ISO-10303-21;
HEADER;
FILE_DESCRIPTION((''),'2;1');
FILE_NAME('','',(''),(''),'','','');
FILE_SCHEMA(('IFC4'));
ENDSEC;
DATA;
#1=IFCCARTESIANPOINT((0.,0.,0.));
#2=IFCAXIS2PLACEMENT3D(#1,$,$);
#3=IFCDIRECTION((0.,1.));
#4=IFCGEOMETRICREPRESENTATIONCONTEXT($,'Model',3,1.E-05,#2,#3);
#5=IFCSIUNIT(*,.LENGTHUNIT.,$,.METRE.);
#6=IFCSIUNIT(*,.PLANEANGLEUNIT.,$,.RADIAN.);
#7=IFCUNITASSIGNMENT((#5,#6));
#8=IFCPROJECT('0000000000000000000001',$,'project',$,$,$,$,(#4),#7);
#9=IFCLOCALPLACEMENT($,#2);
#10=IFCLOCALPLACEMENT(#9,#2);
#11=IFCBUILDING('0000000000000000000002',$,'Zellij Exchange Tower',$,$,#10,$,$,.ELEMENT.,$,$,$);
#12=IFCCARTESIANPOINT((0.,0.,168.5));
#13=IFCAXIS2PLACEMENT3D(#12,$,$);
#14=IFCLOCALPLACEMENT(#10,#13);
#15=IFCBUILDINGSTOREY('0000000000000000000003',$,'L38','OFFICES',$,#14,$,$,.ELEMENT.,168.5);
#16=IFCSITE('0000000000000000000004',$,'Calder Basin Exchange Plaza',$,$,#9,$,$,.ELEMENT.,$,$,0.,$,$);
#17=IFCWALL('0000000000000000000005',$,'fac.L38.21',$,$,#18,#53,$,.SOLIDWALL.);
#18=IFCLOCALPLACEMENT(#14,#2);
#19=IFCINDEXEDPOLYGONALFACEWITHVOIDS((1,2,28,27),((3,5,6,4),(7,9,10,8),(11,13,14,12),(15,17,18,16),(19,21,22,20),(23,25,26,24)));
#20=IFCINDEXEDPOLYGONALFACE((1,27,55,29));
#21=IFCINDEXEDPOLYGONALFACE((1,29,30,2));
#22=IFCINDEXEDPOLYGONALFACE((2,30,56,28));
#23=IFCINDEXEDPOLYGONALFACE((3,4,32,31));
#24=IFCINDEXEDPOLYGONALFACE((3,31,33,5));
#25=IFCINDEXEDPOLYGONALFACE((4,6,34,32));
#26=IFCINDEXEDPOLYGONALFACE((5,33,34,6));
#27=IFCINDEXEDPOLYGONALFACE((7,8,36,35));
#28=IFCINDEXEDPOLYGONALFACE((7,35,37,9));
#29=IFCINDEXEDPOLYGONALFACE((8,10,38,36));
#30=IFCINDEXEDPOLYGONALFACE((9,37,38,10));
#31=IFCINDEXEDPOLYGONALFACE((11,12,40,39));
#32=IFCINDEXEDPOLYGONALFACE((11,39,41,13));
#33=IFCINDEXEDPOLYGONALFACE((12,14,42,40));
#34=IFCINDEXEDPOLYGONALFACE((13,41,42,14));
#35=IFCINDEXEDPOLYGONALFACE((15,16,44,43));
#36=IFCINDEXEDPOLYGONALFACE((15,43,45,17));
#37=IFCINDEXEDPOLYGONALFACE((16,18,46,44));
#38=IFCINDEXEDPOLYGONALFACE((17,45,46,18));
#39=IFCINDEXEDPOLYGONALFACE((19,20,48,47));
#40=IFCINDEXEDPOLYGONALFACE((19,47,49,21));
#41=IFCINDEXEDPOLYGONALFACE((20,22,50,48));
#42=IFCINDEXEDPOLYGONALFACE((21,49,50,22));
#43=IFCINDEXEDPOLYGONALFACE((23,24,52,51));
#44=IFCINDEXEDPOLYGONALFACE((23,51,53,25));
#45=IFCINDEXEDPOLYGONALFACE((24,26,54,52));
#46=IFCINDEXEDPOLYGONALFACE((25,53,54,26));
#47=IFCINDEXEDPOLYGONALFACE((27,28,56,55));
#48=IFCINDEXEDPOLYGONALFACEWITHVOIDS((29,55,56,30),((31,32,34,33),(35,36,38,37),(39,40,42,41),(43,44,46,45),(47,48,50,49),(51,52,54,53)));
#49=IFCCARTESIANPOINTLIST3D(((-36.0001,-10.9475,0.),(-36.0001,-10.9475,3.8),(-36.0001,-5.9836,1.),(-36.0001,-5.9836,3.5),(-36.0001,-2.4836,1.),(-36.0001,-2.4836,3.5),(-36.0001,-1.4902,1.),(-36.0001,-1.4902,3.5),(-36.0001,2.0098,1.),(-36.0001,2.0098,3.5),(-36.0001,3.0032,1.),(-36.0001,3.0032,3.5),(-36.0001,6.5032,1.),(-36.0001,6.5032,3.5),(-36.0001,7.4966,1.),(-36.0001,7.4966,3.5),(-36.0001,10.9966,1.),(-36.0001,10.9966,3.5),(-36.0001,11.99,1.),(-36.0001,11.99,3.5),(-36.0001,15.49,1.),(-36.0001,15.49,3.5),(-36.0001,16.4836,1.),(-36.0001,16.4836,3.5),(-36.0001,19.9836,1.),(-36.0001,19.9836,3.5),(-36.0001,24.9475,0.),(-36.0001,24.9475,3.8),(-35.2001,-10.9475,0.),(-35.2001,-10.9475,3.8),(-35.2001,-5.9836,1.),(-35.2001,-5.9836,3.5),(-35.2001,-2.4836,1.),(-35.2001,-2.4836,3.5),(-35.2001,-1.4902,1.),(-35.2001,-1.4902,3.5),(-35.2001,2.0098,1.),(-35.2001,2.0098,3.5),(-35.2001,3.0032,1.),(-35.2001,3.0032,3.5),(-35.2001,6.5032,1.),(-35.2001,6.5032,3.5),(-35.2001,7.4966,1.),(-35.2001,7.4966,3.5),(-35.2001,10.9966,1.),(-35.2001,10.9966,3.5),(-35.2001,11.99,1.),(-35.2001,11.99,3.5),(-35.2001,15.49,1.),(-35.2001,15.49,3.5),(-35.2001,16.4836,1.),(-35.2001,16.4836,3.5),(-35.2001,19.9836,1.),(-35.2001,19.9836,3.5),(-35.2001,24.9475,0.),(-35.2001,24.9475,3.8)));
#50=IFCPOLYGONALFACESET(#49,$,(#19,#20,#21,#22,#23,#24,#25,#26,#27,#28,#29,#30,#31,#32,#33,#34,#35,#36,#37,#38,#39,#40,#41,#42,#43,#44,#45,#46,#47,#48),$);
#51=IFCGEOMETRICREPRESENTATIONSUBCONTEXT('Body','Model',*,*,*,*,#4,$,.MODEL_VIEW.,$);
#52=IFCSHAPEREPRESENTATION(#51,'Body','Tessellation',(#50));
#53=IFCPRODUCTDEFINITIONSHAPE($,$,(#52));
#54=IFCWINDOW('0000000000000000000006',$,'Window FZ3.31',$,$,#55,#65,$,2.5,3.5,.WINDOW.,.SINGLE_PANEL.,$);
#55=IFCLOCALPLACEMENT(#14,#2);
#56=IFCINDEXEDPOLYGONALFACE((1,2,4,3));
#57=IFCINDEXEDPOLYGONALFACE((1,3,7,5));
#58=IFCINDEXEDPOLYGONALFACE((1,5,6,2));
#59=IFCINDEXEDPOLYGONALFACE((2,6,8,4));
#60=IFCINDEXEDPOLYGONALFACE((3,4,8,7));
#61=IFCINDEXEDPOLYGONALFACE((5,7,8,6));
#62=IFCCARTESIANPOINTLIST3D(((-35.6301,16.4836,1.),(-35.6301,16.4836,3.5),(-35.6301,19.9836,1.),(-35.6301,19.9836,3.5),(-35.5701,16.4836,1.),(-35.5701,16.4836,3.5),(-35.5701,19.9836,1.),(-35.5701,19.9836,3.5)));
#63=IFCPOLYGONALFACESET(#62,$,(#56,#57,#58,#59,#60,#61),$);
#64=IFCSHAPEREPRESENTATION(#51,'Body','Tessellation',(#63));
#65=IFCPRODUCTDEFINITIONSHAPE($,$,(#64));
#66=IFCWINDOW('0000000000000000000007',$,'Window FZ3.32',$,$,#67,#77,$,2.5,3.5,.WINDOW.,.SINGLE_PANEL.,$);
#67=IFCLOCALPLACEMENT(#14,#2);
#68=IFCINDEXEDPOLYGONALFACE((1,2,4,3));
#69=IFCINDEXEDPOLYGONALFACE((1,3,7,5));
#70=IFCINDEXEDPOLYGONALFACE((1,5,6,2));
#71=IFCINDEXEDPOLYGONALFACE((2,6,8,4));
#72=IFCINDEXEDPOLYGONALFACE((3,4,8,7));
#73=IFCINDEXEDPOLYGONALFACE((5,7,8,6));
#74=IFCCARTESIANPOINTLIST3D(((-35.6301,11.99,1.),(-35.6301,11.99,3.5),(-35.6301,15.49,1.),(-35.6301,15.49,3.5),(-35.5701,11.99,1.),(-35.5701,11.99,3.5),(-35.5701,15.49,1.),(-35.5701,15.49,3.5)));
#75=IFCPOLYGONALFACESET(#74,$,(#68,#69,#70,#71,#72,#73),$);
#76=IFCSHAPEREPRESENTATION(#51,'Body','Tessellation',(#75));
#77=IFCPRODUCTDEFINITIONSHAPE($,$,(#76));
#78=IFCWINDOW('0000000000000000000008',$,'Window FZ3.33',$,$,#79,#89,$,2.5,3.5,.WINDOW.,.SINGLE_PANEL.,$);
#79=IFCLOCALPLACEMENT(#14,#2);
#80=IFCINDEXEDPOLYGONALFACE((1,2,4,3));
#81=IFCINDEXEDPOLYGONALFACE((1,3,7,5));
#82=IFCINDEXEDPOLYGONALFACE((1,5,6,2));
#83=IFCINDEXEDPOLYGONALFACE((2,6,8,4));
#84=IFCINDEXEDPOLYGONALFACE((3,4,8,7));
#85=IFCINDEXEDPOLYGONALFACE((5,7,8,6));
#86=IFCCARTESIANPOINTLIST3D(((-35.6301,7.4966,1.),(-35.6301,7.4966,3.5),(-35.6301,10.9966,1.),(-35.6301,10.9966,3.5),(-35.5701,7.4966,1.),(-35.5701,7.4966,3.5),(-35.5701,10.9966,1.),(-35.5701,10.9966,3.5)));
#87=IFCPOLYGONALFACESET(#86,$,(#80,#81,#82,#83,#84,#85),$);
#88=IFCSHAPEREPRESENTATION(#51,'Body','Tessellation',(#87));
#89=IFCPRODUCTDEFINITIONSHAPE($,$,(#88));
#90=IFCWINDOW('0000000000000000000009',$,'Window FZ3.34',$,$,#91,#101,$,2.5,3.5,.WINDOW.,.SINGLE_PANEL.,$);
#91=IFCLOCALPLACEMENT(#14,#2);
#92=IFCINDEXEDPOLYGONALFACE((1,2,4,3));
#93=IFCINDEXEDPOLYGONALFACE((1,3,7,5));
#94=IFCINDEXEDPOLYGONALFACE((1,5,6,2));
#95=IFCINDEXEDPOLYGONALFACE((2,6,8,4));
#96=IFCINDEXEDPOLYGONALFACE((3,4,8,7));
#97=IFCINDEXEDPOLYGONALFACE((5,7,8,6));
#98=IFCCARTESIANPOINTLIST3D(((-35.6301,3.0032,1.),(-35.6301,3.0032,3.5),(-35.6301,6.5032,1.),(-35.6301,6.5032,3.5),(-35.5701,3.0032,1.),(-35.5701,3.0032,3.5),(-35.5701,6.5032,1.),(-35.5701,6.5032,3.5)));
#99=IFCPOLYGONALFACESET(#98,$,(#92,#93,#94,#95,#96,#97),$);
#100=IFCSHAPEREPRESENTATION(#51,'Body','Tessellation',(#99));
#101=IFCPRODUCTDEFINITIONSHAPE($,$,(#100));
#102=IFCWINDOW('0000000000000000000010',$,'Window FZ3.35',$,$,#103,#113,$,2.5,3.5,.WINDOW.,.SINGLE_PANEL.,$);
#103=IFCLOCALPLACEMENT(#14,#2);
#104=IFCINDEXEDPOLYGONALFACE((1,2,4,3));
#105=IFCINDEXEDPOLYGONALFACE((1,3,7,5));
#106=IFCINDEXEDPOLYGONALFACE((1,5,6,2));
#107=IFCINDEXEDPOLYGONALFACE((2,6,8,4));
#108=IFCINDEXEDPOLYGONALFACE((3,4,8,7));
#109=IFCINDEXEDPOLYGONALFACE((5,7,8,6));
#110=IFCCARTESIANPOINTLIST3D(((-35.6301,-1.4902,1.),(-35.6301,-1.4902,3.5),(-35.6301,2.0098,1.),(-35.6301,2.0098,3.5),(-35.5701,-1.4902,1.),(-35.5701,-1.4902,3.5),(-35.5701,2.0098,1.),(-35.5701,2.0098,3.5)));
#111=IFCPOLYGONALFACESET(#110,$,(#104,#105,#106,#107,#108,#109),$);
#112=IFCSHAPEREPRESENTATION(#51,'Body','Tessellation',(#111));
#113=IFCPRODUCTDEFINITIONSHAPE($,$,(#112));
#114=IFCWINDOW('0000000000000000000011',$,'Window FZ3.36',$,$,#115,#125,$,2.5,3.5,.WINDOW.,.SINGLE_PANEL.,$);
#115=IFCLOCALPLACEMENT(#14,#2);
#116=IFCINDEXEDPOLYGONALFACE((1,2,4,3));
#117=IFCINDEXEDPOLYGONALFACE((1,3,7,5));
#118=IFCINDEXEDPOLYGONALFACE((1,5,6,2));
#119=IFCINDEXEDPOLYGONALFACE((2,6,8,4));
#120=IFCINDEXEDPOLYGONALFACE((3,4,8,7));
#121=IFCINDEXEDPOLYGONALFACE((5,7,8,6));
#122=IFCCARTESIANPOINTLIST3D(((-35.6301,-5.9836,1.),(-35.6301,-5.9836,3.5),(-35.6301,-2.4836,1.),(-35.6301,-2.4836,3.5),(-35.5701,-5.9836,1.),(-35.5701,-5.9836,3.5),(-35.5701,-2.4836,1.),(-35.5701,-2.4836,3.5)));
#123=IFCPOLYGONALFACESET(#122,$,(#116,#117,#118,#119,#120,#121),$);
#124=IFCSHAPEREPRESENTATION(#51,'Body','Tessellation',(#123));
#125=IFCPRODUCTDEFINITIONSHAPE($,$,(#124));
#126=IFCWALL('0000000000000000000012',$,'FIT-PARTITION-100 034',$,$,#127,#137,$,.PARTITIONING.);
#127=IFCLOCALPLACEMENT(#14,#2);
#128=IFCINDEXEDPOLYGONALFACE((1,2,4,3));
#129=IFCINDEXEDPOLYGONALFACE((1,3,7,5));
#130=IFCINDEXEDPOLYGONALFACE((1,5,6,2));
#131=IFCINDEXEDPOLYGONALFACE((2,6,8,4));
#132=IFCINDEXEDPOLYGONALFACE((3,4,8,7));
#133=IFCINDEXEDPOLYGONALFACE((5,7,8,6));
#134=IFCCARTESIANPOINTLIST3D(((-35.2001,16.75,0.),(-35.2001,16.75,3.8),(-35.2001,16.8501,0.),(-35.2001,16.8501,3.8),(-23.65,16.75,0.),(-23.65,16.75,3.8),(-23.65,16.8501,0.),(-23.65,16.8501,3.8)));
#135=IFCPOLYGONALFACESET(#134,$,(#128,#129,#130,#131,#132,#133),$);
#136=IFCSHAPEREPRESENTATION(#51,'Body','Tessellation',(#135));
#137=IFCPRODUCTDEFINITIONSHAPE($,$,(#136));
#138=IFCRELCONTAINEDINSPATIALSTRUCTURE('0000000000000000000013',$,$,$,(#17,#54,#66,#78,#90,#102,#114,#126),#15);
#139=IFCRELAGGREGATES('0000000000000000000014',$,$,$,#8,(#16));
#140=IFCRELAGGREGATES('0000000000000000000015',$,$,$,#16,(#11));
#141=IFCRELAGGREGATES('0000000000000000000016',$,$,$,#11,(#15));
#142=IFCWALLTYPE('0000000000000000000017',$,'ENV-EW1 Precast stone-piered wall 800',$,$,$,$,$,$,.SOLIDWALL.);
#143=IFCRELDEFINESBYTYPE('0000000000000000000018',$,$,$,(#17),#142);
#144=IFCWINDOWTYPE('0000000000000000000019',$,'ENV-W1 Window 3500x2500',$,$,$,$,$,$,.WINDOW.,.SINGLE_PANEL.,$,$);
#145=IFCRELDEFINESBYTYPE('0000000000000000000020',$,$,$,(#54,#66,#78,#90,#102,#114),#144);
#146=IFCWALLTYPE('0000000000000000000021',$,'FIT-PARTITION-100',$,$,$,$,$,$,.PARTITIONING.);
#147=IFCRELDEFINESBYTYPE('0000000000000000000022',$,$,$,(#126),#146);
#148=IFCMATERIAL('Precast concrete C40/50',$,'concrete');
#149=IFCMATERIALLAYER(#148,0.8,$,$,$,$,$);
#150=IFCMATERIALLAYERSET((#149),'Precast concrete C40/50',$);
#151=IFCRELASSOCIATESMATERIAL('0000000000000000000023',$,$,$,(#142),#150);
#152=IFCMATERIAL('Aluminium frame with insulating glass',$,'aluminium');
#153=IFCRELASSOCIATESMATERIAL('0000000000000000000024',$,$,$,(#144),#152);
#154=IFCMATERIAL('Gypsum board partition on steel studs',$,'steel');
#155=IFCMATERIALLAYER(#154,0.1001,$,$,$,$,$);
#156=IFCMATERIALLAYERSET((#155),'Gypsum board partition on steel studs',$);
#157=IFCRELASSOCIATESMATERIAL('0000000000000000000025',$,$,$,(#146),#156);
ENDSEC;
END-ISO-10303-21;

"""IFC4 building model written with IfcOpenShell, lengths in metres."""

from ifc_helpers import new_model, si_unit, direction, frame, frame_2d, origin, place, context, subcontext, project, spatial, rectangle, extrude, material, layer, layer_set, type_object, element, fill, save


model = new_model("IFC4")

# Units and contexts
model_context = context("Model", 3, precision=1e-05, world=origin(), true_north=direction((0.0, 1.0)))
body_context = subcontext(model_context, "Body", "Model", "MODEL_VIEW")
ifc_project = project(units=[si_unit("LENGTHUNIT", "METRE"), si_unit("PLANEANGLEUNIT", "RADIAN")], contexts=[model_context])

# Site, building, storey
site_placement = place(None, origin())
site = spatial("IfcSite", under=ifc_project, at=site_placement, Name="Calder Basin Exchange Plaza", CompositionType="ELEMENT", RefElevation=0.0)
building_placement = place(site_placement, origin())
building = spatial("IfcBuilding", under=site, at=building_placement, Name="Zellij Exchange Tower", CompositionType="ELEMENT")
storey_placement = place(building_placement, frame((0.0, 0.0, 168.5)))
storey = spatial("IfcBuildingStorey", under=building, at=storey_placement, Name="L38", Description="OFFICES", CompositionType="ELEMENT", Elevation=168.5)

# Shared definitions
ifc_material_1 = material(Name="Precast concrete C40/50", Category="concrete")
ifc_layer_1 = layer(ifc_material_1, 0.8)
ifc_layer_set_1 = layer_set([ifc_layer_1], Name="Precast concrete C40/50")
wall_type_1 = type_object("IfcWallType", Name="ENV-EW1 Precast stone-piered wall 800", PredefinedType="SOLIDWALL", material=ifc_layer_set_1)

# Wall, openings, windows
wall_1_placement = place(storey_placement, frame((-35.6001, 24.9475, 0.0), z_axis=(0.0, 0.0, 1.0), x_axis=(0.0, -1.0, 0.0)))
wall_1 = element("IfcWall", 1, at=wall_1_placement, inside=storey, type_object=wall_type_1, Name="fac.L38.21", PredefinedType="SOLIDWALL", context=body_context, shape_type="SweptSolid", body=[
    extrude(rectangle(XDim=35.895, YDim=0.8, at=frame_2d((17.9475, 0.0))), origin(), (0.0, 0.0, 1.0), 3.8),
])
opening_1_placement = place(wall_1_placement, frame((4.9639, 0.0, 1.0)))
opening_1 = element("IfcOpeningElement", 2, at=opening_1_placement, cuts=wall_1, PredefinedType="OPENING", context=body_context, shape_type="SweptSolid", body=[
    extrude(rectangle(XDim=3.5, YDim=2.5, at=frame_2d((1.75, 1.25))), frame((0.0, 0.4121, 0.0), z_axis=(0.0, -1.0, 0.0), x_axis=(1.0, 0.0, 0.0)), (0.0, 0.0, 1.0), 0.824),
])
opening_2_placement = place(wall_1_placement, frame((9.4575, 0.0, 1.0)))
opening_2 = element("IfcOpeningElement", 3, at=opening_2_placement, cuts=wall_1, PredefinedType="OPENING", context=body_context, shape_type="SweptSolid", body=[
    extrude(rectangle(XDim=3.5, YDim=2.5, at=frame_2d((1.75, 1.25))), frame((0.0, 0.4121, 0.0), z_axis=(0.0, -1.0, 0.0), x_axis=(1.0, 0.0, 0.0)), (0.0, 0.0, 1.0), 0.824),
])
opening_3_placement = place(wall_1_placement, frame((13.9509, 0.0, 1.0)))
opening_3 = element("IfcOpeningElement", 4, at=opening_3_placement, cuts=wall_1, PredefinedType="OPENING", context=body_context, shape_type="SweptSolid", body=[
    extrude(rectangle(XDim=3.5, YDim=2.5, at=frame_2d((1.75, 1.25))), frame((0.0, 0.4121, 0.0), z_axis=(0.0, -1.0, 0.0), x_axis=(1.0, 0.0, 0.0)), (0.0, 0.0, 1.0), 0.824),
])
opening_4_placement = place(wall_1_placement, frame((18.4443, 0.0, 1.0)))
opening_4 = element("IfcOpeningElement", 5, at=opening_4_placement, cuts=wall_1, PredefinedType="OPENING", context=body_context, shape_type="SweptSolid", body=[
    extrude(rectangle(XDim=3.5, YDim=2.5, at=frame_2d((1.75, 1.25))), frame((0.0, 0.4121, 0.0), z_axis=(0.0, -1.0, 0.0), x_axis=(1.0, 0.0, 0.0)), (0.0, 0.0, 1.0), 0.824),
])
opening_5_placement = place(wall_1_placement, frame((22.9377, 0.0, 1.0)))
opening_5 = element("IfcOpeningElement", 6, at=opening_5_placement, cuts=wall_1, PredefinedType="OPENING", context=body_context, shape_type="SweptSolid", body=[
    extrude(rectangle(XDim=3.5, YDim=2.5, at=frame_2d((1.75, 1.25))), frame((0.0, 0.4121, 0.0), z_axis=(0.0, -1.0, 0.0), x_axis=(1.0, 0.0, 0.0)), (0.0, 0.0, 1.0), 0.824),
])
opening_6_placement = place(wall_1_placement, frame((27.4312, 0.0, 1.0)))
opening_6 = element("IfcOpeningElement", 7, at=opening_6_placement, cuts=wall_1, PredefinedType="OPENING", context=body_context, shape_type="SweptSolid", body=[
    extrude(rectangle(XDim=3.5, YDim=2.5, at=frame_2d((1.75, 1.25))), frame((0.0, 0.4121, 0.0), z_axis=(0.0, -1.0, 0.0), x_axis=(1.0, 0.0, 0.0)), (0.0, 0.0, 1.0), 0.824),
])
ifc_material_2 = material(Name="Aluminium frame with insulating glass", Category="aluminium")
window_type = type_object("IfcWindowType", Name="ENV-W1 Window 3500x2500", PartitioningType="SINGLE_PANEL", PredefinedType="WINDOW", material=ifc_material_2)
window_1_placement = place(opening_1_placement, origin())
window_1 = element("IfcWindow", 8, at=window_1_placement, inside=storey, type_object=window_type, Name="Window FZ3.31", OverallHeight=2.5, OverallWidth=3.5, PartitioningType="SINGLE_PANEL", PredefinedType="WINDOW", context=body_context, shape_type="SweptSolid", body=[
    extrude(rectangle(XDim=3.5, YDim=2.5, at=frame_2d((1.75, 1.25))), frame((0.0, 0.03, 0.0), z_axis=(0.0, -1.0, 0.0), x_axis=(1.0, 0.0, 0.0)), (0.0, 0.0, 1.0), 0.0601),
])
fill(opening_1, window_1)
window_2_placement = place(opening_2_placement, origin())
window_2 = element("IfcWindow", 9, at=window_2_placement, inside=storey, type_object=window_type, Name="Window FZ3.32", OverallHeight=2.5, OverallWidth=3.5, PartitioningType="SINGLE_PANEL", PredefinedType="WINDOW", context=body_context, shape_type="SweptSolid", body=[
    extrude(rectangle(XDim=3.5, YDim=2.5, at=frame_2d((1.75, 1.25))), frame((0.0, 0.03, 0.0), z_axis=(0.0, -1.0, 0.0), x_axis=(1.0, 0.0, 0.0)), (0.0, 0.0, 1.0), 0.0601),
])
fill(opening_2, window_2)
window_3_placement = place(opening_3_placement, origin())
window_3 = element("IfcWindow", 10, at=window_3_placement, inside=storey, type_object=window_type, Name="Window FZ3.33", OverallHeight=2.5, OverallWidth=3.5, PartitioningType="SINGLE_PANEL", PredefinedType="WINDOW", context=body_context, shape_type="SweptSolid", body=[
    extrude(rectangle(XDim=3.5, YDim=2.5, at=frame_2d((1.75, 1.25))), frame((0.0, 0.03, 0.0), z_axis=(0.0, -1.0, 0.0), x_axis=(1.0, 0.0, 0.0)), (0.0, 0.0, 1.0), 0.0601),
])
fill(opening_3, window_3)
window_4_placement = place(opening_4_placement, origin())
window_4 = element("IfcWindow", 11, at=window_4_placement, inside=storey, type_object=window_type, Name="Window FZ3.34", OverallHeight=2.5, OverallWidth=3.5, PartitioningType="SINGLE_PANEL", PredefinedType="WINDOW", context=body_context, shape_type="SweptSolid", body=[
    extrude(rectangle(XDim=3.5, YDim=2.5, at=frame_2d((1.75, 1.25))), frame((0.0, 0.03, 0.0), z_axis=(0.0, -1.0, 0.0), x_axis=(1.0, 0.0, 0.0)), (0.0, 0.0, 1.0), 0.0601),
])
fill(opening_4, window_4)
window_5_placement = place(opening_5_placement, origin())
window_5 = element("IfcWindow", 12, at=window_5_placement, inside=storey, type_object=window_type, Name="Window FZ3.35", OverallHeight=2.5, OverallWidth=3.5, PartitioningType="SINGLE_PANEL", PredefinedType="WINDOW", context=body_context, shape_type="SweptSolid", body=[
    extrude(rectangle(XDim=3.5, YDim=2.5, at=frame_2d((1.75, 1.25))), frame((0.0, 0.03, 0.0), z_axis=(0.0, -1.0, 0.0), x_axis=(1.0, 0.0, 0.0)), (0.0, 0.0, 1.0), 0.0601),
])
fill(opening_5, window_5)
window_6_placement = place(opening_6_placement, origin())
window_6 = element("IfcWindow", 13, at=window_6_placement, inside=storey, type_object=window_type, Name="Window FZ3.36", OverallHeight=2.5, OverallWidth=3.5, PartitioningType="SINGLE_PANEL", PredefinedType="WINDOW", context=body_context, shape_type="SweptSolid", body=[
    extrude(rectangle(XDim=3.5, YDim=2.5, at=frame_2d((1.75, 1.25))), frame((0.0, 0.03, 0.0), z_axis=(0.0, -1.0, 0.0), x_axis=(1.0, 0.0, 0.0)), (0.0, 0.0, 1.0), 0.0601),
])
fill(opening_6, window_6)

# Wall
ifc_material_3 = material(Name="Gypsum board partition on steel studs", Category="steel")
ifc_layer_2 = layer(ifc_material_3, 0.1001)
ifc_layer_set_2 = layer_set([ifc_layer_2], Name="Gypsum board partition on steel studs")
wall_type_2 = type_object("IfcWallType", Name="FIT-PARTITION-100", PredefinedType="PARTITIONING", material=ifc_layer_set_2)
wall_2_placement = place(storey_placement, frame((-35.2, 16.8, 0.0), z_axis=(0.0, 0.0, 1.0), x_axis=(1.0, 0.0, 0.0)))
element("IfcWall", 14, at=wall_2_placement, inside=storey, type_object=wall_type_2, Name="FIT-PARTITION-100 034", PredefinedType="PARTITIONING", context=body_context, shape_type="SweptSolid", body=[
    extrude(rectangle(XDim=11.55, YDim=0.1001, at=frame_2d((5.7749, 0.0))), origin(), (0.0, 0.0, 1.0), 3.8),
])

save(model, "model.ifc")
